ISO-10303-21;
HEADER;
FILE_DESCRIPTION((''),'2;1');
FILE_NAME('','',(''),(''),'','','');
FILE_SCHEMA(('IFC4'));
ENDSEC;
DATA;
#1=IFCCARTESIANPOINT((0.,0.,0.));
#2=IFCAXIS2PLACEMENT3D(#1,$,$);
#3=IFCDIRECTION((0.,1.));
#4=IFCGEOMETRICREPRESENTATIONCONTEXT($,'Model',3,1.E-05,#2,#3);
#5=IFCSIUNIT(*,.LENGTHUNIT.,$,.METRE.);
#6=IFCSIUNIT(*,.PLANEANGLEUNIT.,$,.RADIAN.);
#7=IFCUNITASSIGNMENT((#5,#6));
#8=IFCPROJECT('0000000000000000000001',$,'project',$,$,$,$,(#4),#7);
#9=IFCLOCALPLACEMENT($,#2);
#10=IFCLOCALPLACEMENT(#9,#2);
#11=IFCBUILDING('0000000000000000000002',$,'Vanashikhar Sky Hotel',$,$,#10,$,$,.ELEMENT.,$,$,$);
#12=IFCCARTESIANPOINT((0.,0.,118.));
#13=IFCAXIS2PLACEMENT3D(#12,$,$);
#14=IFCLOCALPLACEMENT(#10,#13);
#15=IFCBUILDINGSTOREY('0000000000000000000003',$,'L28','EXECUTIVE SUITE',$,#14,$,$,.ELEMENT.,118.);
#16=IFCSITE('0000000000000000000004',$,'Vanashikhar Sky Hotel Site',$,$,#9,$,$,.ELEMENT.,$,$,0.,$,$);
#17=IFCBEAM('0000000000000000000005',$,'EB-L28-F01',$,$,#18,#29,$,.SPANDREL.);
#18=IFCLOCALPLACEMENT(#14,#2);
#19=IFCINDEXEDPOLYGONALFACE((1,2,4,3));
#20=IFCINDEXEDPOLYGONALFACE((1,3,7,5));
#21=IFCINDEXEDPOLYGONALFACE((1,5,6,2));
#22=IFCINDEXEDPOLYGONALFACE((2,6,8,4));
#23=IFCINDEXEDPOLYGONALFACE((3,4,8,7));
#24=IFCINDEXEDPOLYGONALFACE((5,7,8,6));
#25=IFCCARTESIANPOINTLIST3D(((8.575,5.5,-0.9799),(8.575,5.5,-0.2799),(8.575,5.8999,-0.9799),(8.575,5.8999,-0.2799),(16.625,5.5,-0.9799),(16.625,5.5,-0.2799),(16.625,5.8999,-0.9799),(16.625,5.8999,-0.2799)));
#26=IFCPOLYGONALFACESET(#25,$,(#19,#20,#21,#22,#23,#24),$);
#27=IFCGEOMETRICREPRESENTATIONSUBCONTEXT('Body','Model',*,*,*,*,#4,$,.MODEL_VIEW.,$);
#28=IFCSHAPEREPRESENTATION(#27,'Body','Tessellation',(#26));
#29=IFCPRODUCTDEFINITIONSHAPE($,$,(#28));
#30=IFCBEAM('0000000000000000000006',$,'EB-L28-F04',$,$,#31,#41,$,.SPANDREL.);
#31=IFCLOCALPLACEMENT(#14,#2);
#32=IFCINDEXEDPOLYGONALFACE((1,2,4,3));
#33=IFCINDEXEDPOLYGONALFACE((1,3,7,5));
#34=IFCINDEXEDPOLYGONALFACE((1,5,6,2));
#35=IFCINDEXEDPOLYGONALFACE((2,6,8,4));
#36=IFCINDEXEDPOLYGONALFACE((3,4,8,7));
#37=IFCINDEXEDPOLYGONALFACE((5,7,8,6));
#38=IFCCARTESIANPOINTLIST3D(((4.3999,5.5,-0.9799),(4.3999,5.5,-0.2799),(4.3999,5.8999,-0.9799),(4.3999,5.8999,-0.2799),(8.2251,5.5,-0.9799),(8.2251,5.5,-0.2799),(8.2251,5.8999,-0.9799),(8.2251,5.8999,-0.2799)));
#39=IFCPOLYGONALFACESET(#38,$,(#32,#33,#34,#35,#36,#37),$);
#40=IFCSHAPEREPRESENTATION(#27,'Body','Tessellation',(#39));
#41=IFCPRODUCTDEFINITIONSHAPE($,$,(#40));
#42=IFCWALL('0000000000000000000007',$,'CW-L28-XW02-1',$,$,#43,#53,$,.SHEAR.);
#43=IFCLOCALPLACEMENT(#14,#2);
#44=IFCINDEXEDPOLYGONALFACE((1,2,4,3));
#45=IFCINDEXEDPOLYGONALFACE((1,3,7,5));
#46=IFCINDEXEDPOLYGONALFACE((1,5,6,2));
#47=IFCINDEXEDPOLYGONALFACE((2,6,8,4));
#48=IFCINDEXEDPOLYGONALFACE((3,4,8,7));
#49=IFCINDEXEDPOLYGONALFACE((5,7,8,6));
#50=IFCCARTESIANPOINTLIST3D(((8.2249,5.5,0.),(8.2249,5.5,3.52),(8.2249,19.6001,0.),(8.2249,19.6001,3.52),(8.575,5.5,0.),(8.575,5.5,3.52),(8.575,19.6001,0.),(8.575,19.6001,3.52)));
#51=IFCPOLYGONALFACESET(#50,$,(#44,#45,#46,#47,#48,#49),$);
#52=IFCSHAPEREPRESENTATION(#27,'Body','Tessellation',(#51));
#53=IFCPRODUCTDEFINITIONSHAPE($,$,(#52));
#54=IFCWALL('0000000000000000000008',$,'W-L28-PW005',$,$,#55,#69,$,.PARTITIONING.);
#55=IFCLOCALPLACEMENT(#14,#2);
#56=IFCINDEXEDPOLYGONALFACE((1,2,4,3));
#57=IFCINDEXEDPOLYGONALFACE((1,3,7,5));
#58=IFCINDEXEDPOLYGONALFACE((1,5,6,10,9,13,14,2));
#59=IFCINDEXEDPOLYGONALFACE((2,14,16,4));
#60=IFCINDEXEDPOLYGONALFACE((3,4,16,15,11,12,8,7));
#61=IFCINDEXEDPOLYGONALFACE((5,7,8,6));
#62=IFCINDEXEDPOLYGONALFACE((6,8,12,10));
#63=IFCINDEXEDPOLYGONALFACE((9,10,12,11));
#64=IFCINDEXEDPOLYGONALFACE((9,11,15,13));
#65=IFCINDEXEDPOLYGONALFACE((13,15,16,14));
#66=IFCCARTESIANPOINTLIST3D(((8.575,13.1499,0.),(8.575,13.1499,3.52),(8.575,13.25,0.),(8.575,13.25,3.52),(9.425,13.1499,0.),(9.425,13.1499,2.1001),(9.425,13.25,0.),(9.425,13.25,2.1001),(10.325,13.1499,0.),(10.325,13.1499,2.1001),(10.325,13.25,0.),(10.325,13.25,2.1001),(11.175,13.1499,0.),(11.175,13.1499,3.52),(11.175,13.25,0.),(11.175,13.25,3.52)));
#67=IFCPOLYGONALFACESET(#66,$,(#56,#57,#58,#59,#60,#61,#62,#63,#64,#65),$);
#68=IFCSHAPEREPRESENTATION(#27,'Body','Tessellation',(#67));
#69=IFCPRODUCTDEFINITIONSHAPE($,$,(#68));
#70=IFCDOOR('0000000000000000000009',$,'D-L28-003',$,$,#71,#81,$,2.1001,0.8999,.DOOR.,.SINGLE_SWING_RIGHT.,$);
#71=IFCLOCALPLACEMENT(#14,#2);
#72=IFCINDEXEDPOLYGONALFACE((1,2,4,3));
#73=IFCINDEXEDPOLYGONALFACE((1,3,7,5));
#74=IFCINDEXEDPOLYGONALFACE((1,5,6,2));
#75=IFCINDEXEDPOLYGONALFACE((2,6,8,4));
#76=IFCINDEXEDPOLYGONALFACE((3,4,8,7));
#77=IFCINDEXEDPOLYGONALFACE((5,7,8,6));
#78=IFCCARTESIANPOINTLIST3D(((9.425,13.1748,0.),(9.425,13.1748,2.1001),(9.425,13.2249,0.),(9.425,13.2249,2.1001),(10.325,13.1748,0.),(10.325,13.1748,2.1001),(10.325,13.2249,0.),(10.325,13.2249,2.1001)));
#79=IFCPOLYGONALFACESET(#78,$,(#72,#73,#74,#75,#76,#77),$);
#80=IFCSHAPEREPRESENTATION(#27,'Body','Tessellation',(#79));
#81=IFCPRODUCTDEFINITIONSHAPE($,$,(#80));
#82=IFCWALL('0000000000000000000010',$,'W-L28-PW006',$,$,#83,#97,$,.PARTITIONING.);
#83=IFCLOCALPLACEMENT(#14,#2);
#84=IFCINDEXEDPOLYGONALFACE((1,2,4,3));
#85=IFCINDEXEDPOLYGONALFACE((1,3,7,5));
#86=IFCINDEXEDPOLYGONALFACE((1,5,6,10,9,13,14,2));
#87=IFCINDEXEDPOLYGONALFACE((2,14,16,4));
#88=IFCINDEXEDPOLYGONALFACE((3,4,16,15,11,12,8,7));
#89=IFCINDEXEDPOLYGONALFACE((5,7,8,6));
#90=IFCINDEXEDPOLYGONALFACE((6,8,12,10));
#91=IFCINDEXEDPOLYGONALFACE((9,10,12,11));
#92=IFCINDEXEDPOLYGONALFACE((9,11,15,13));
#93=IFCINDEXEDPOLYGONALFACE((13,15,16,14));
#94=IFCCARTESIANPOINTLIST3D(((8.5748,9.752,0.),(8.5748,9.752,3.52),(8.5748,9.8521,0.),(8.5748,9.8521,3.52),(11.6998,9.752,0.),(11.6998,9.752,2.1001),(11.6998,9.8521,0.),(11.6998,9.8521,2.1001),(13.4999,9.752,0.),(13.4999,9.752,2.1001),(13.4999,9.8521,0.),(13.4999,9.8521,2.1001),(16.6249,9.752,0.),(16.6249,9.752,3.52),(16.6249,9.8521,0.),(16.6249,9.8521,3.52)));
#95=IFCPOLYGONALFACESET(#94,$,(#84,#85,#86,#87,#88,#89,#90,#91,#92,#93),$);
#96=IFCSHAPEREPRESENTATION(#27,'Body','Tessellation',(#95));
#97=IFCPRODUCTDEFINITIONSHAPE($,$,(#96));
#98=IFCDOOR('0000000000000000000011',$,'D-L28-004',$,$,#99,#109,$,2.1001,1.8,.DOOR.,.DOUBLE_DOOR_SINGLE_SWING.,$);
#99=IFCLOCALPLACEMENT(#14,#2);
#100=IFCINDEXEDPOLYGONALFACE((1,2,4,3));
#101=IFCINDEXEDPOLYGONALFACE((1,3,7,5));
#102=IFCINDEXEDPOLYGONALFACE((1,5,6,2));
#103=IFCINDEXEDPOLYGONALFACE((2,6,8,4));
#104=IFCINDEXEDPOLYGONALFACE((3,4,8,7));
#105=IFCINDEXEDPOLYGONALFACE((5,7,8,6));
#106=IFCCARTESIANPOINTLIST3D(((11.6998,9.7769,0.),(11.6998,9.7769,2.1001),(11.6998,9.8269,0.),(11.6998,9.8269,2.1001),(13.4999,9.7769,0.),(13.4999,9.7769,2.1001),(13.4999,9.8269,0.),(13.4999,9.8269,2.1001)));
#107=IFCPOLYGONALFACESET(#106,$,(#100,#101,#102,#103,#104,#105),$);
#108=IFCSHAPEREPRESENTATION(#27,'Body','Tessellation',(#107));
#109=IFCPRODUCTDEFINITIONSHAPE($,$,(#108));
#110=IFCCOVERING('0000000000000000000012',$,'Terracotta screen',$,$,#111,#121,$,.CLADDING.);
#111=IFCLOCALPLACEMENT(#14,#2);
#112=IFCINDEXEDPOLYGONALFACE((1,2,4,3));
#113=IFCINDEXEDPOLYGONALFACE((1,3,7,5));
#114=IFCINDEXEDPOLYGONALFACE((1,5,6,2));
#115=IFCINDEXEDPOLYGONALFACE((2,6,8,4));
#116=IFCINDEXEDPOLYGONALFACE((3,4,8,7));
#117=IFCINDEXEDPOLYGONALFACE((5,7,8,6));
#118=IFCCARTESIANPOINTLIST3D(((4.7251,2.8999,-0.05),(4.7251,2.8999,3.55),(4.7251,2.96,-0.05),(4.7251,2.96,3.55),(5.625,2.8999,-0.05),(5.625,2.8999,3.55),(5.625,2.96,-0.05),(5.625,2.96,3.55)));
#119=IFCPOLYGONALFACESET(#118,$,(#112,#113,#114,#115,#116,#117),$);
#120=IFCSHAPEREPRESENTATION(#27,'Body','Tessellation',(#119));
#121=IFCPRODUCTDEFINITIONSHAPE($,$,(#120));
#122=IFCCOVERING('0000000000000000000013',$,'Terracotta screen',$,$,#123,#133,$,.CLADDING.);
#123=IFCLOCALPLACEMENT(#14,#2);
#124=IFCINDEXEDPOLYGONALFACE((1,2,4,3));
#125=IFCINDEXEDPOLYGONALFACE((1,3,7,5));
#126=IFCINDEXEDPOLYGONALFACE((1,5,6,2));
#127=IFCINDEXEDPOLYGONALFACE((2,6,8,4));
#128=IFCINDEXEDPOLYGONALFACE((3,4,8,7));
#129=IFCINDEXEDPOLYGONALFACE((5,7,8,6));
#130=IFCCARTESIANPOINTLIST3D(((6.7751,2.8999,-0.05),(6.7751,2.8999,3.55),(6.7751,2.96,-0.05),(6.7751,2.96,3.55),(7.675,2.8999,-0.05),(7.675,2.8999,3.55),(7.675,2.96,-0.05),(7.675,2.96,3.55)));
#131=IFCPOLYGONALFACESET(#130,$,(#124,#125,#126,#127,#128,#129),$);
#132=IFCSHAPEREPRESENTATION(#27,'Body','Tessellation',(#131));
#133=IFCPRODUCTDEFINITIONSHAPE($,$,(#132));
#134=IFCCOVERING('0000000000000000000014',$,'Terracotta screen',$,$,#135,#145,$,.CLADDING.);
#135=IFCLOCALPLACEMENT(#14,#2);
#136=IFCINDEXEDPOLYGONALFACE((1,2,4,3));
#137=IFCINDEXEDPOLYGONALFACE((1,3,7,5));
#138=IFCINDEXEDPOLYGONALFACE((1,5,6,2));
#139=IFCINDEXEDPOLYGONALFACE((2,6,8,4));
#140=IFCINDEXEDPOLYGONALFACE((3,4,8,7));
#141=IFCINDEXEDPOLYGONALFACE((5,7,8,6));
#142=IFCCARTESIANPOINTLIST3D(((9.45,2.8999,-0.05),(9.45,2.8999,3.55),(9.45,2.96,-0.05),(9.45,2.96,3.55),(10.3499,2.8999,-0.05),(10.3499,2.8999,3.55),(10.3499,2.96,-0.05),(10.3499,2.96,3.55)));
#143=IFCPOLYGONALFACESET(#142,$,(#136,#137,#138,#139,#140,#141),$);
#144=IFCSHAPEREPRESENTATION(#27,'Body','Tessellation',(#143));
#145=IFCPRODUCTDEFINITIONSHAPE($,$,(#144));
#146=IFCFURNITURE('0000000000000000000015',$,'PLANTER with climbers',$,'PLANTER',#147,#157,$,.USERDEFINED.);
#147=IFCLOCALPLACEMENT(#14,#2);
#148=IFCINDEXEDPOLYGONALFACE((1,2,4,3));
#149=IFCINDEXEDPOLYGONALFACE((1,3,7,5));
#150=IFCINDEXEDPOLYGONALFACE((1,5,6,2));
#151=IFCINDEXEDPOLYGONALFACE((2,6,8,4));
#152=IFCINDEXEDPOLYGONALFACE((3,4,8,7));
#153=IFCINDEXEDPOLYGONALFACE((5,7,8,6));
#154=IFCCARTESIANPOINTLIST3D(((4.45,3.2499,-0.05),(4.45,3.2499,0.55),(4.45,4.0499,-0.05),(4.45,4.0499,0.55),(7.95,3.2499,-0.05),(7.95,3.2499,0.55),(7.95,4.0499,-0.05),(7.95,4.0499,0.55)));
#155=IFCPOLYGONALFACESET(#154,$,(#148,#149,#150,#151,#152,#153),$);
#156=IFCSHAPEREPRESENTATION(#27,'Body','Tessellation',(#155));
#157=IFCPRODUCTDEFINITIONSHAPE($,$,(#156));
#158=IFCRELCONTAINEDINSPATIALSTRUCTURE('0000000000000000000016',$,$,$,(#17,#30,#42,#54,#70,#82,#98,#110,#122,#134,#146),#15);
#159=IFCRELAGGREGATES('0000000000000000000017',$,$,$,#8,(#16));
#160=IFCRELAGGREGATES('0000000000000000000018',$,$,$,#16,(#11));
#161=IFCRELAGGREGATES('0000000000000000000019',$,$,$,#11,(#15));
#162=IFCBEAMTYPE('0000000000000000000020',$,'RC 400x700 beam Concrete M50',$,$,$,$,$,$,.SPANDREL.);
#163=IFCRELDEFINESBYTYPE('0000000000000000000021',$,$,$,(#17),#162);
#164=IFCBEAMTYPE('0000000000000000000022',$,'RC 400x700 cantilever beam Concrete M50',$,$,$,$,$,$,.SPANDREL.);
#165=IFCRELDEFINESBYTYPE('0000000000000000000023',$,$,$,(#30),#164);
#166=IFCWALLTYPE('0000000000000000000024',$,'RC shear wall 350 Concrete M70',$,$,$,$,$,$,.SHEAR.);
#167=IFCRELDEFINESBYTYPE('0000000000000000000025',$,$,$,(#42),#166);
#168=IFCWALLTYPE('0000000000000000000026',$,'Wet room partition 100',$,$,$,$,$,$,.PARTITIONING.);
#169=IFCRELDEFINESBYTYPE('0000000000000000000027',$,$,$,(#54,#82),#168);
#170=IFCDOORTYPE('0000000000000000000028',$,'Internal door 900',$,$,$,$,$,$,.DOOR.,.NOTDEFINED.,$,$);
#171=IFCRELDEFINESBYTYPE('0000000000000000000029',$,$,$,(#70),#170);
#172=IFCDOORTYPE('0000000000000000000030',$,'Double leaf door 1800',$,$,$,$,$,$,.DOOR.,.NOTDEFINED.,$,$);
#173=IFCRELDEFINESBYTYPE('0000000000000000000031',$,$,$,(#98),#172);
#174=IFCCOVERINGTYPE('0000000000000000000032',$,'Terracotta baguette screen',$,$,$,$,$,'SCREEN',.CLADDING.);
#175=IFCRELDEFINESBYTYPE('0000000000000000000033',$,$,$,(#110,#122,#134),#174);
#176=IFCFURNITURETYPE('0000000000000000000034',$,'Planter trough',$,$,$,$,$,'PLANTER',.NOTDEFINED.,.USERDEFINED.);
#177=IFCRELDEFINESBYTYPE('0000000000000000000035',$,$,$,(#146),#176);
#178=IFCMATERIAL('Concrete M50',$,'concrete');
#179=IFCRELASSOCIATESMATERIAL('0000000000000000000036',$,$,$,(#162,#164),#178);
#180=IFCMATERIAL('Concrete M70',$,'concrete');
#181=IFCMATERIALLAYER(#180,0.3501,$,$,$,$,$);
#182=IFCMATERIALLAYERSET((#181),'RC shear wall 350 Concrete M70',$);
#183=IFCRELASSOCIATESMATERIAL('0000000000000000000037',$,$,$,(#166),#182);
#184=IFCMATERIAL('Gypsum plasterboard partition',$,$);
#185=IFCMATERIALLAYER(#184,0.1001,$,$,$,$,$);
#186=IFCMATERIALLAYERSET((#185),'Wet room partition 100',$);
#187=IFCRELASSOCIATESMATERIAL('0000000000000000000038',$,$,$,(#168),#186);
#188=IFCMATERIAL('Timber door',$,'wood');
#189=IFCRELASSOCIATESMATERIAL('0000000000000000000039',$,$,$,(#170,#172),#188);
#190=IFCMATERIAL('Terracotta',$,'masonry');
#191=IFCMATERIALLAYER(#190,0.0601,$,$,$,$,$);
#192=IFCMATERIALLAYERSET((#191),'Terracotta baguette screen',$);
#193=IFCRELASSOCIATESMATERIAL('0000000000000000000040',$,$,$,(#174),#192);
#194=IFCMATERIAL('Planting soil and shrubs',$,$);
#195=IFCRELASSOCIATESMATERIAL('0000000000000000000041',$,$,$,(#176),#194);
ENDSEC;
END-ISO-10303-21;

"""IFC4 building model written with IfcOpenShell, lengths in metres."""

from ifc_helpers import new_model, si_unit, direction, frame, frame_2d, origin, origin_2d, place, context, subcontext, project, spatial, rectangle, extrude, source, transform, mapped, material, layer, layer_set, material_profile, profile_set, type_object, element, fill, save


model = new_model("IFC4")

# Units and contexts
model_context = context("Model", 3, precision=1e-05, world=origin(), true_north=direction((0.0, 1.0)))
body_context = subcontext(model_context, "Body", "Model", "MODEL_VIEW")
ifc_project = project(units=[si_unit("LENGTHUNIT", "METRE"), si_unit("PLANEANGLEUNIT", "RADIAN")], contexts=[model_context])

# Site, building, storey
site_placement = place(None, origin())
site = spatial("IfcSite", under=ifc_project, at=site_placement, Name="Vanashikhar Sky Hotel Site", CompositionType="ELEMENT", RefElevation=0.0)
building_placement = place(site_placement, origin())
building = spatial("IfcBuilding", under=site, at=building_placement, Name="Vanashikhar Sky Hotel", CompositionType="ELEMENT")
storey_placement = place(building_placement, frame((0.0, 0.0, 118.0)))
storey = spatial("IfcBuildingStorey", under=building, at=storey_placement, Name="L28", Description="EXECUTIVE SUITE", CompositionType="ELEMENT", Elevation=118.0)

# Beams
ifc_material_1 = material(Name="Concrete M50", Category="concrete")
ifc_material_profile_1 = material_profile(ifc_material_1, rectangle(XDim=0.3999, YDim=0.7, at=origin_2d()))
ifc_profile_set_1 = profile_set([ifc_material_profile_1], Name="RC 400x700 beam Concrete M50")
beam_type_1 = type_object("IfcBeamType", Name="RC 400x700 beam Concrete M50", PredefinedType="SPANDREL", material=ifc_profile_set_1)
shared_shape_1 = source(origin(), body_context, "Body", "SweptSolid", [
    extrude(rectangle(XDim=0.3999, YDim=0.7, at=origin_2d()), origin(), (0.0, 0.0, 1.0), 8.05),
])
beam_1_placement = place(storey_placement, frame((8.575, 5.7, -0.6299), z_axis=(1.0, 0.0, 0.0), x_axis=(0.0, 1.0, 0.0)))
element("IfcBeam", 1, at=beam_1_placement, inside=storey, type_object=beam_type_1, Name="EB-L28-F01", PredefinedType="SPANDREL", context=body_context, shape_type="MappedRepresentation", body=[
    mapped(shared_shape_1, transform((0.0, 0.0, 0.0), scale=1.0)),
])
ifc_material_profile_2 = material_profile(ifc_material_1, rectangle(XDim=0.3999, YDim=0.7, at=origin_2d()))
ifc_profile_set_2 = profile_set([ifc_material_profile_2], Name="RC 400x700 cantilever beam Concrete M50")
beam_type_2 = type_object("IfcBeamType", Name="RC 400x700 cantilever beam Concrete M50", PredefinedType="SPANDREL", material=ifc_profile_set_2)
shared_shape_2 = source(origin(), body_context, "Body", "SweptSolid", [
    extrude(rectangle(XDim=0.3999, YDim=0.7, at=origin_2d()), origin(), (0.0, 0.0, 1.0), 3.8252),
])
beam_2_placement = place(storey_placement, frame((4.3999, 5.7, -0.6299), z_axis=(1.0, 0.0, 0.0), x_axis=(0.0, 1.0, 0.0)))
element("IfcBeam", 2, at=beam_2_placement, inside=storey, type_object=beam_type_2, Name="EB-L28-F04", PredefinedType="SPANDREL", context=body_context, shape_type="MappedRepresentation", body=[
    mapped(shared_shape_2, transform((0.0, 0.0, 0.0), scale=1.0)),
])

# Wall
ifc_material_2 = material(Name="Concrete M70", Category="concrete")
ifc_layer_1 = layer(ifc_material_2, 0.3501)
ifc_layer_set_1 = layer_set([ifc_layer_1], Name="RC shear wall 350 Concrete M70")
wall_type_1 = type_object("IfcWallType", Name="RC shear wall 350 Concrete M70", PredefinedType="SHEAR", material=ifc_layer_set_1)
shared_shape_3 = source(origin(), body_context, "Body", "SweptSolid", [
    extrude(rectangle(XDim=14.1001, YDim=0.3501, at=frame_2d((7.05, 0.0))), origin(), (0.0, 0.0, 1.0), 3.52),
])
wall_1_placement = place(storey_placement, frame((8.3999, 5.5, 0.0), z_axis=(0.0, 0.0, 1.0), x_axis=(0.0, 1.0, 0.0)))
element("IfcWall", 3, at=wall_1_placement, inside=storey, type_object=wall_type_1, Name="CW-L28-XW02-1", PredefinedType="SHEAR", context=body_context, shape_type="MappedRepresentation", body=[
    mapped(shared_shape_3, transform((0.0, 0.0, 0.0), scale=1.0)),
])

# Walls, openings, doors
ifc_material_3 = material(Name="Gypsum plasterboard partition")
ifc_layer_2 = layer(ifc_material_3, 0.1001)
ifc_layer_set_2 = layer_set([ifc_layer_2], Name="Wet room partition 100")
wall_type_2 = type_object("IfcWallType", Name="Wet room partition 100", PredefinedType="PARTITIONING", material=ifc_layer_set_2)
shared_shape_4 = source(origin(), body_context, "Body", "SweptSolid", [
    extrude(rectangle(XDim=2.6001, YDim=0.1001, at=frame_2d((1.3, 0.0))), origin(), (0.0, 0.0, 1.0), 3.52),
])
wall_2_placement = place(storey_placement, frame((8.575, 13.2, 0.0), z_axis=(0.0, 0.0, 1.0), x_axis=(1.0, 0.0, 0.0)))
wall_2 = element("IfcWall", 4, at=wall_2_placement, inside=storey, type_object=wall_type_2, Name="W-L28-PW005", PredefinedType="PARTITIONING", context=body_context, shape_type="MappedRepresentation", body=[
    mapped(shared_shape_4, transform((0.0, 0.0, 0.0), scale=1.0)),
])
shared_shape_5 = source(origin(), body_context, "Body", "SweptSolid", [
    extrude(rectangle(XDim=0.8999, YDim=2.1001, at=frame_2d((0.45, 1.05))), frame((0.0, 0.0601, 0.0), z_axis=(0.0, -1.0, 0.0), x_axis=(1.0, 0.0, 0.0)), (0.0, 0.0, 1.0), 0.1201),
])
opening_1_placement = place(wall_2_placement, frame((0.8501, 0.0, 0.0)))
opening_1 = element("IfcOpeningElement", 5, at=opening_1_placement, cuts=wall_2, PredefinedType="OPENING", context=body_context, shape_type="MappedRepresentation", body=[
    mapped(shared_shape_5, transform((0.0, 0.0, 0.0), scale=1.0)),
])
ifc_material_4 = material(Name="Timber door", Category="wood")
door_type_1 = type_object("IfcDoorType", Name="Internal door 900", OperationType="NOTDEFINED", PredefinedType="DOOR", material=ifc_material_4)
shared_shape_6 = source(origin(), body_context, "Body", "SweptSolid", [
    extrude(rectangle(XDim=0.8999, YDim=2.1001, at=frame_2d((0.45, 1.05))), frame((0.0, 0.0249, 0.0), z_axis=(0.0, -1.0, 0.0), x_axis=(1.0, 0.0, 0.0)), (0.0, 0.0, 1.0), 0.05),
])
door_1_placement = place(opening_1_placement, origin())
door_1 = element("IfcDoor", 6, at=door_1_placement, inside=storey, type_object=door_type_1, Name="D-L28-003", OperationType="SINGLE_SWING_RIGHT", OverallHeight=2.1001, OverallWidth=0.8999, PredefinedType="DOOR", context=body_context, shape_type="MappedRepresentation", body=[
    mapped(shared_shape_6, transform((0.0, 0.0, 0.0), scale=1.0)),
])
fill(opening_1, door_1)
shared_shape_7 = source(origin(), body_context, "Body", "SweptSolid", [
    extrude(rectangle(XDim=8.05, YDim=0.1001, at=frame_2d((4.0249, 0.0))), origin(), (0.0, 0.0, 1.0), 3.52),
])
wall_3_placement = place(storey_placement, frame((8.575, 9.802, 0.0), z_axis=(0.0, 0.0, 1.0), x_axis=(1.0, 0.0, 0.0)))
wall_3 = element("IfcWall", 7, at=wall_3_placement, inside=storey, type_object=wall_type_2, Name="W-L28-PW006", PredefinedType="PARTITIONING", context=body_context, shape_type="MappedRepresentation", body=[
    mapped(shared_shape_7, transform((0.0, 0.0, 0.0), scale=1.0)),
])
shared_shape_8 = source(origin(), body_context, "Body", "SweptSolid", [
    extrude(rectangle(XDim=1.8, YDim=2.1001, at=frame_2d((0.8999, 1.05))), frame((0.0, 0.0601, 0.0), z_axis=(0.0, -1.0, 0.0), x_axis=(1.0, 0.0, 0.0)), (0.0, 0.0, 1.0), 0.1201),
])
opening_2_placement = place(wall_3_placement, frame((3.125, 0.0, 0.0)))
opening_2 = element("IfcOpeningElement", 8, at=opening_2_placement, cuts=wall_3, PredefinedType="OPENING", context=body_context, shape_type="MappedRepresentation", body=[
    mapped(shared_shape_8, transform((0.0, 0.0, 0.0), scale=1.0)),
])
door_type_2 = type_object("IfcDoorType", Name="Double leaf door 1800", OperationType="NOTDEFINED", PredefinedType="DOOR", material=ifc_material_4)
shared_shape_9 = source(origin(), body_context, "Body", "SweptSolid", [
    extrude(rectangle(XDim=1.8, YDim=2.1001, at=frame_2d((0.8999, 1.05))), frame((0.0, 0.0249, 0.0), z_axis=(0.0, -1.0, 0.0), x_axis=(1.0, 0.0, 0.0)), (0.0, 0.0, 1.0), 0.05),
])
door_2_placement = place(opening_2_placement, origin())
door_2 = element("IfcDoor", 9, at=door_2_placement, inside=storey, type_object=door_type_2, Name="D-L28-004", OperationType="DOUBLE_DOOR_SINGLE_SWING", OverallHeight=2.1001, OverallWidth=1.8, PredefinedType="DOOR", context=body_context, shape_type="MappedRepresentation", body=[
    mapped(shared_shape_9, transform((0.0, 0.0, 0.0), scale=1.0)),
])
fill(opening_2, door_2)

# Coverings
ifc_material_5 = material(Name="Terracotta", Category="masonry")
ifc_layer_3 = layer(ifc_material_5, 0.0601)
ifc_layer_set_3 = layer_set([ifc_layer_3], Name="Terracotta baguette screen")
covering_type = type_object("IfcCoveringType", Name="Terracotta baguette screen", ElementType="SCREEN", PredefinedType="CLADDING", material=ifc_layer_set_3)
shared_shape_10 = source(origin(), body_context, "Body", "SweptSolid", [
    extrude(rectangle(XDim=0.8999, YDim=0.0601, at=origin_2d()), origin(), (0.0, 0.0, 1.0), 3.6001),
])
for number, where, z_axis, x_axis, name in (
    (10, (5.175, 2.9299, -0.05), (0.0, 0.0, 1.0), (1.0, 0.0, 0.0), "Terracotta screen"),
    (11, (7.2251, 2.9299, -0.05), (0.0, 0.0, 1.0), (1.0, 0.0, 0.0), "Terracotta screen"),
    (12, (9.8999, 2.9299, -0.05), (0.0, 0.0, 1.0), (1.0, 0.0, 0.0), "Terracotta screen"),
):
    element("IfcCovering", number, at=place(storey_placement, frame(where, z_axis=z_axis, x_axis=x_axis)), inside=storey, type_object=covering_type, Name=name, PredefinedType="CLADDING", context=body_context, shape_type="MappedRepresentation", body=[
        mapped(shared_shape_10, transform((0.0, 0.0, 0.0), scale=1.0)),
    ])

# Furniture
ifc_material_6 = material(Name="Planting soil and shrubs")
furniture_type = type_object("IfcFurnitureType", Name="Planter trough", ElementType="PLANTER", AssemblyPlace="NOTDEFINED", PredefinedType="USERDEFINED", material=ifc_material_6)
shared_shape_11 = source(origin(), body_context, "Body", "SweptSolid", [
    extrude(rectangle(XDim=3.5, YDim=0.8, at=origin_2d()), origin(), (0.0, 0.0, 1.0), 0.6001),
])
furniture_placement = place(storey_placement, frame((6.2, 3.6499, -0.05), z_axis=(0.0, 0.0, 1.0), x_axis=(1.0, 0.0, 0.0)))
element("IfcFurniture", 13, at=furniture_placement, inside=storey, type_object=furniture_type, Name="PLANTER with climbers", ObjectType="PLANTER", PredefinedType="USERDEFINED", context=body_context, shape_type="MappedRepresentation", body=[
    mapped(shared_shape_11, transform((0.0, 0.0, 0.0), scale=1.0)),
])

save(model, "model.ifc")
